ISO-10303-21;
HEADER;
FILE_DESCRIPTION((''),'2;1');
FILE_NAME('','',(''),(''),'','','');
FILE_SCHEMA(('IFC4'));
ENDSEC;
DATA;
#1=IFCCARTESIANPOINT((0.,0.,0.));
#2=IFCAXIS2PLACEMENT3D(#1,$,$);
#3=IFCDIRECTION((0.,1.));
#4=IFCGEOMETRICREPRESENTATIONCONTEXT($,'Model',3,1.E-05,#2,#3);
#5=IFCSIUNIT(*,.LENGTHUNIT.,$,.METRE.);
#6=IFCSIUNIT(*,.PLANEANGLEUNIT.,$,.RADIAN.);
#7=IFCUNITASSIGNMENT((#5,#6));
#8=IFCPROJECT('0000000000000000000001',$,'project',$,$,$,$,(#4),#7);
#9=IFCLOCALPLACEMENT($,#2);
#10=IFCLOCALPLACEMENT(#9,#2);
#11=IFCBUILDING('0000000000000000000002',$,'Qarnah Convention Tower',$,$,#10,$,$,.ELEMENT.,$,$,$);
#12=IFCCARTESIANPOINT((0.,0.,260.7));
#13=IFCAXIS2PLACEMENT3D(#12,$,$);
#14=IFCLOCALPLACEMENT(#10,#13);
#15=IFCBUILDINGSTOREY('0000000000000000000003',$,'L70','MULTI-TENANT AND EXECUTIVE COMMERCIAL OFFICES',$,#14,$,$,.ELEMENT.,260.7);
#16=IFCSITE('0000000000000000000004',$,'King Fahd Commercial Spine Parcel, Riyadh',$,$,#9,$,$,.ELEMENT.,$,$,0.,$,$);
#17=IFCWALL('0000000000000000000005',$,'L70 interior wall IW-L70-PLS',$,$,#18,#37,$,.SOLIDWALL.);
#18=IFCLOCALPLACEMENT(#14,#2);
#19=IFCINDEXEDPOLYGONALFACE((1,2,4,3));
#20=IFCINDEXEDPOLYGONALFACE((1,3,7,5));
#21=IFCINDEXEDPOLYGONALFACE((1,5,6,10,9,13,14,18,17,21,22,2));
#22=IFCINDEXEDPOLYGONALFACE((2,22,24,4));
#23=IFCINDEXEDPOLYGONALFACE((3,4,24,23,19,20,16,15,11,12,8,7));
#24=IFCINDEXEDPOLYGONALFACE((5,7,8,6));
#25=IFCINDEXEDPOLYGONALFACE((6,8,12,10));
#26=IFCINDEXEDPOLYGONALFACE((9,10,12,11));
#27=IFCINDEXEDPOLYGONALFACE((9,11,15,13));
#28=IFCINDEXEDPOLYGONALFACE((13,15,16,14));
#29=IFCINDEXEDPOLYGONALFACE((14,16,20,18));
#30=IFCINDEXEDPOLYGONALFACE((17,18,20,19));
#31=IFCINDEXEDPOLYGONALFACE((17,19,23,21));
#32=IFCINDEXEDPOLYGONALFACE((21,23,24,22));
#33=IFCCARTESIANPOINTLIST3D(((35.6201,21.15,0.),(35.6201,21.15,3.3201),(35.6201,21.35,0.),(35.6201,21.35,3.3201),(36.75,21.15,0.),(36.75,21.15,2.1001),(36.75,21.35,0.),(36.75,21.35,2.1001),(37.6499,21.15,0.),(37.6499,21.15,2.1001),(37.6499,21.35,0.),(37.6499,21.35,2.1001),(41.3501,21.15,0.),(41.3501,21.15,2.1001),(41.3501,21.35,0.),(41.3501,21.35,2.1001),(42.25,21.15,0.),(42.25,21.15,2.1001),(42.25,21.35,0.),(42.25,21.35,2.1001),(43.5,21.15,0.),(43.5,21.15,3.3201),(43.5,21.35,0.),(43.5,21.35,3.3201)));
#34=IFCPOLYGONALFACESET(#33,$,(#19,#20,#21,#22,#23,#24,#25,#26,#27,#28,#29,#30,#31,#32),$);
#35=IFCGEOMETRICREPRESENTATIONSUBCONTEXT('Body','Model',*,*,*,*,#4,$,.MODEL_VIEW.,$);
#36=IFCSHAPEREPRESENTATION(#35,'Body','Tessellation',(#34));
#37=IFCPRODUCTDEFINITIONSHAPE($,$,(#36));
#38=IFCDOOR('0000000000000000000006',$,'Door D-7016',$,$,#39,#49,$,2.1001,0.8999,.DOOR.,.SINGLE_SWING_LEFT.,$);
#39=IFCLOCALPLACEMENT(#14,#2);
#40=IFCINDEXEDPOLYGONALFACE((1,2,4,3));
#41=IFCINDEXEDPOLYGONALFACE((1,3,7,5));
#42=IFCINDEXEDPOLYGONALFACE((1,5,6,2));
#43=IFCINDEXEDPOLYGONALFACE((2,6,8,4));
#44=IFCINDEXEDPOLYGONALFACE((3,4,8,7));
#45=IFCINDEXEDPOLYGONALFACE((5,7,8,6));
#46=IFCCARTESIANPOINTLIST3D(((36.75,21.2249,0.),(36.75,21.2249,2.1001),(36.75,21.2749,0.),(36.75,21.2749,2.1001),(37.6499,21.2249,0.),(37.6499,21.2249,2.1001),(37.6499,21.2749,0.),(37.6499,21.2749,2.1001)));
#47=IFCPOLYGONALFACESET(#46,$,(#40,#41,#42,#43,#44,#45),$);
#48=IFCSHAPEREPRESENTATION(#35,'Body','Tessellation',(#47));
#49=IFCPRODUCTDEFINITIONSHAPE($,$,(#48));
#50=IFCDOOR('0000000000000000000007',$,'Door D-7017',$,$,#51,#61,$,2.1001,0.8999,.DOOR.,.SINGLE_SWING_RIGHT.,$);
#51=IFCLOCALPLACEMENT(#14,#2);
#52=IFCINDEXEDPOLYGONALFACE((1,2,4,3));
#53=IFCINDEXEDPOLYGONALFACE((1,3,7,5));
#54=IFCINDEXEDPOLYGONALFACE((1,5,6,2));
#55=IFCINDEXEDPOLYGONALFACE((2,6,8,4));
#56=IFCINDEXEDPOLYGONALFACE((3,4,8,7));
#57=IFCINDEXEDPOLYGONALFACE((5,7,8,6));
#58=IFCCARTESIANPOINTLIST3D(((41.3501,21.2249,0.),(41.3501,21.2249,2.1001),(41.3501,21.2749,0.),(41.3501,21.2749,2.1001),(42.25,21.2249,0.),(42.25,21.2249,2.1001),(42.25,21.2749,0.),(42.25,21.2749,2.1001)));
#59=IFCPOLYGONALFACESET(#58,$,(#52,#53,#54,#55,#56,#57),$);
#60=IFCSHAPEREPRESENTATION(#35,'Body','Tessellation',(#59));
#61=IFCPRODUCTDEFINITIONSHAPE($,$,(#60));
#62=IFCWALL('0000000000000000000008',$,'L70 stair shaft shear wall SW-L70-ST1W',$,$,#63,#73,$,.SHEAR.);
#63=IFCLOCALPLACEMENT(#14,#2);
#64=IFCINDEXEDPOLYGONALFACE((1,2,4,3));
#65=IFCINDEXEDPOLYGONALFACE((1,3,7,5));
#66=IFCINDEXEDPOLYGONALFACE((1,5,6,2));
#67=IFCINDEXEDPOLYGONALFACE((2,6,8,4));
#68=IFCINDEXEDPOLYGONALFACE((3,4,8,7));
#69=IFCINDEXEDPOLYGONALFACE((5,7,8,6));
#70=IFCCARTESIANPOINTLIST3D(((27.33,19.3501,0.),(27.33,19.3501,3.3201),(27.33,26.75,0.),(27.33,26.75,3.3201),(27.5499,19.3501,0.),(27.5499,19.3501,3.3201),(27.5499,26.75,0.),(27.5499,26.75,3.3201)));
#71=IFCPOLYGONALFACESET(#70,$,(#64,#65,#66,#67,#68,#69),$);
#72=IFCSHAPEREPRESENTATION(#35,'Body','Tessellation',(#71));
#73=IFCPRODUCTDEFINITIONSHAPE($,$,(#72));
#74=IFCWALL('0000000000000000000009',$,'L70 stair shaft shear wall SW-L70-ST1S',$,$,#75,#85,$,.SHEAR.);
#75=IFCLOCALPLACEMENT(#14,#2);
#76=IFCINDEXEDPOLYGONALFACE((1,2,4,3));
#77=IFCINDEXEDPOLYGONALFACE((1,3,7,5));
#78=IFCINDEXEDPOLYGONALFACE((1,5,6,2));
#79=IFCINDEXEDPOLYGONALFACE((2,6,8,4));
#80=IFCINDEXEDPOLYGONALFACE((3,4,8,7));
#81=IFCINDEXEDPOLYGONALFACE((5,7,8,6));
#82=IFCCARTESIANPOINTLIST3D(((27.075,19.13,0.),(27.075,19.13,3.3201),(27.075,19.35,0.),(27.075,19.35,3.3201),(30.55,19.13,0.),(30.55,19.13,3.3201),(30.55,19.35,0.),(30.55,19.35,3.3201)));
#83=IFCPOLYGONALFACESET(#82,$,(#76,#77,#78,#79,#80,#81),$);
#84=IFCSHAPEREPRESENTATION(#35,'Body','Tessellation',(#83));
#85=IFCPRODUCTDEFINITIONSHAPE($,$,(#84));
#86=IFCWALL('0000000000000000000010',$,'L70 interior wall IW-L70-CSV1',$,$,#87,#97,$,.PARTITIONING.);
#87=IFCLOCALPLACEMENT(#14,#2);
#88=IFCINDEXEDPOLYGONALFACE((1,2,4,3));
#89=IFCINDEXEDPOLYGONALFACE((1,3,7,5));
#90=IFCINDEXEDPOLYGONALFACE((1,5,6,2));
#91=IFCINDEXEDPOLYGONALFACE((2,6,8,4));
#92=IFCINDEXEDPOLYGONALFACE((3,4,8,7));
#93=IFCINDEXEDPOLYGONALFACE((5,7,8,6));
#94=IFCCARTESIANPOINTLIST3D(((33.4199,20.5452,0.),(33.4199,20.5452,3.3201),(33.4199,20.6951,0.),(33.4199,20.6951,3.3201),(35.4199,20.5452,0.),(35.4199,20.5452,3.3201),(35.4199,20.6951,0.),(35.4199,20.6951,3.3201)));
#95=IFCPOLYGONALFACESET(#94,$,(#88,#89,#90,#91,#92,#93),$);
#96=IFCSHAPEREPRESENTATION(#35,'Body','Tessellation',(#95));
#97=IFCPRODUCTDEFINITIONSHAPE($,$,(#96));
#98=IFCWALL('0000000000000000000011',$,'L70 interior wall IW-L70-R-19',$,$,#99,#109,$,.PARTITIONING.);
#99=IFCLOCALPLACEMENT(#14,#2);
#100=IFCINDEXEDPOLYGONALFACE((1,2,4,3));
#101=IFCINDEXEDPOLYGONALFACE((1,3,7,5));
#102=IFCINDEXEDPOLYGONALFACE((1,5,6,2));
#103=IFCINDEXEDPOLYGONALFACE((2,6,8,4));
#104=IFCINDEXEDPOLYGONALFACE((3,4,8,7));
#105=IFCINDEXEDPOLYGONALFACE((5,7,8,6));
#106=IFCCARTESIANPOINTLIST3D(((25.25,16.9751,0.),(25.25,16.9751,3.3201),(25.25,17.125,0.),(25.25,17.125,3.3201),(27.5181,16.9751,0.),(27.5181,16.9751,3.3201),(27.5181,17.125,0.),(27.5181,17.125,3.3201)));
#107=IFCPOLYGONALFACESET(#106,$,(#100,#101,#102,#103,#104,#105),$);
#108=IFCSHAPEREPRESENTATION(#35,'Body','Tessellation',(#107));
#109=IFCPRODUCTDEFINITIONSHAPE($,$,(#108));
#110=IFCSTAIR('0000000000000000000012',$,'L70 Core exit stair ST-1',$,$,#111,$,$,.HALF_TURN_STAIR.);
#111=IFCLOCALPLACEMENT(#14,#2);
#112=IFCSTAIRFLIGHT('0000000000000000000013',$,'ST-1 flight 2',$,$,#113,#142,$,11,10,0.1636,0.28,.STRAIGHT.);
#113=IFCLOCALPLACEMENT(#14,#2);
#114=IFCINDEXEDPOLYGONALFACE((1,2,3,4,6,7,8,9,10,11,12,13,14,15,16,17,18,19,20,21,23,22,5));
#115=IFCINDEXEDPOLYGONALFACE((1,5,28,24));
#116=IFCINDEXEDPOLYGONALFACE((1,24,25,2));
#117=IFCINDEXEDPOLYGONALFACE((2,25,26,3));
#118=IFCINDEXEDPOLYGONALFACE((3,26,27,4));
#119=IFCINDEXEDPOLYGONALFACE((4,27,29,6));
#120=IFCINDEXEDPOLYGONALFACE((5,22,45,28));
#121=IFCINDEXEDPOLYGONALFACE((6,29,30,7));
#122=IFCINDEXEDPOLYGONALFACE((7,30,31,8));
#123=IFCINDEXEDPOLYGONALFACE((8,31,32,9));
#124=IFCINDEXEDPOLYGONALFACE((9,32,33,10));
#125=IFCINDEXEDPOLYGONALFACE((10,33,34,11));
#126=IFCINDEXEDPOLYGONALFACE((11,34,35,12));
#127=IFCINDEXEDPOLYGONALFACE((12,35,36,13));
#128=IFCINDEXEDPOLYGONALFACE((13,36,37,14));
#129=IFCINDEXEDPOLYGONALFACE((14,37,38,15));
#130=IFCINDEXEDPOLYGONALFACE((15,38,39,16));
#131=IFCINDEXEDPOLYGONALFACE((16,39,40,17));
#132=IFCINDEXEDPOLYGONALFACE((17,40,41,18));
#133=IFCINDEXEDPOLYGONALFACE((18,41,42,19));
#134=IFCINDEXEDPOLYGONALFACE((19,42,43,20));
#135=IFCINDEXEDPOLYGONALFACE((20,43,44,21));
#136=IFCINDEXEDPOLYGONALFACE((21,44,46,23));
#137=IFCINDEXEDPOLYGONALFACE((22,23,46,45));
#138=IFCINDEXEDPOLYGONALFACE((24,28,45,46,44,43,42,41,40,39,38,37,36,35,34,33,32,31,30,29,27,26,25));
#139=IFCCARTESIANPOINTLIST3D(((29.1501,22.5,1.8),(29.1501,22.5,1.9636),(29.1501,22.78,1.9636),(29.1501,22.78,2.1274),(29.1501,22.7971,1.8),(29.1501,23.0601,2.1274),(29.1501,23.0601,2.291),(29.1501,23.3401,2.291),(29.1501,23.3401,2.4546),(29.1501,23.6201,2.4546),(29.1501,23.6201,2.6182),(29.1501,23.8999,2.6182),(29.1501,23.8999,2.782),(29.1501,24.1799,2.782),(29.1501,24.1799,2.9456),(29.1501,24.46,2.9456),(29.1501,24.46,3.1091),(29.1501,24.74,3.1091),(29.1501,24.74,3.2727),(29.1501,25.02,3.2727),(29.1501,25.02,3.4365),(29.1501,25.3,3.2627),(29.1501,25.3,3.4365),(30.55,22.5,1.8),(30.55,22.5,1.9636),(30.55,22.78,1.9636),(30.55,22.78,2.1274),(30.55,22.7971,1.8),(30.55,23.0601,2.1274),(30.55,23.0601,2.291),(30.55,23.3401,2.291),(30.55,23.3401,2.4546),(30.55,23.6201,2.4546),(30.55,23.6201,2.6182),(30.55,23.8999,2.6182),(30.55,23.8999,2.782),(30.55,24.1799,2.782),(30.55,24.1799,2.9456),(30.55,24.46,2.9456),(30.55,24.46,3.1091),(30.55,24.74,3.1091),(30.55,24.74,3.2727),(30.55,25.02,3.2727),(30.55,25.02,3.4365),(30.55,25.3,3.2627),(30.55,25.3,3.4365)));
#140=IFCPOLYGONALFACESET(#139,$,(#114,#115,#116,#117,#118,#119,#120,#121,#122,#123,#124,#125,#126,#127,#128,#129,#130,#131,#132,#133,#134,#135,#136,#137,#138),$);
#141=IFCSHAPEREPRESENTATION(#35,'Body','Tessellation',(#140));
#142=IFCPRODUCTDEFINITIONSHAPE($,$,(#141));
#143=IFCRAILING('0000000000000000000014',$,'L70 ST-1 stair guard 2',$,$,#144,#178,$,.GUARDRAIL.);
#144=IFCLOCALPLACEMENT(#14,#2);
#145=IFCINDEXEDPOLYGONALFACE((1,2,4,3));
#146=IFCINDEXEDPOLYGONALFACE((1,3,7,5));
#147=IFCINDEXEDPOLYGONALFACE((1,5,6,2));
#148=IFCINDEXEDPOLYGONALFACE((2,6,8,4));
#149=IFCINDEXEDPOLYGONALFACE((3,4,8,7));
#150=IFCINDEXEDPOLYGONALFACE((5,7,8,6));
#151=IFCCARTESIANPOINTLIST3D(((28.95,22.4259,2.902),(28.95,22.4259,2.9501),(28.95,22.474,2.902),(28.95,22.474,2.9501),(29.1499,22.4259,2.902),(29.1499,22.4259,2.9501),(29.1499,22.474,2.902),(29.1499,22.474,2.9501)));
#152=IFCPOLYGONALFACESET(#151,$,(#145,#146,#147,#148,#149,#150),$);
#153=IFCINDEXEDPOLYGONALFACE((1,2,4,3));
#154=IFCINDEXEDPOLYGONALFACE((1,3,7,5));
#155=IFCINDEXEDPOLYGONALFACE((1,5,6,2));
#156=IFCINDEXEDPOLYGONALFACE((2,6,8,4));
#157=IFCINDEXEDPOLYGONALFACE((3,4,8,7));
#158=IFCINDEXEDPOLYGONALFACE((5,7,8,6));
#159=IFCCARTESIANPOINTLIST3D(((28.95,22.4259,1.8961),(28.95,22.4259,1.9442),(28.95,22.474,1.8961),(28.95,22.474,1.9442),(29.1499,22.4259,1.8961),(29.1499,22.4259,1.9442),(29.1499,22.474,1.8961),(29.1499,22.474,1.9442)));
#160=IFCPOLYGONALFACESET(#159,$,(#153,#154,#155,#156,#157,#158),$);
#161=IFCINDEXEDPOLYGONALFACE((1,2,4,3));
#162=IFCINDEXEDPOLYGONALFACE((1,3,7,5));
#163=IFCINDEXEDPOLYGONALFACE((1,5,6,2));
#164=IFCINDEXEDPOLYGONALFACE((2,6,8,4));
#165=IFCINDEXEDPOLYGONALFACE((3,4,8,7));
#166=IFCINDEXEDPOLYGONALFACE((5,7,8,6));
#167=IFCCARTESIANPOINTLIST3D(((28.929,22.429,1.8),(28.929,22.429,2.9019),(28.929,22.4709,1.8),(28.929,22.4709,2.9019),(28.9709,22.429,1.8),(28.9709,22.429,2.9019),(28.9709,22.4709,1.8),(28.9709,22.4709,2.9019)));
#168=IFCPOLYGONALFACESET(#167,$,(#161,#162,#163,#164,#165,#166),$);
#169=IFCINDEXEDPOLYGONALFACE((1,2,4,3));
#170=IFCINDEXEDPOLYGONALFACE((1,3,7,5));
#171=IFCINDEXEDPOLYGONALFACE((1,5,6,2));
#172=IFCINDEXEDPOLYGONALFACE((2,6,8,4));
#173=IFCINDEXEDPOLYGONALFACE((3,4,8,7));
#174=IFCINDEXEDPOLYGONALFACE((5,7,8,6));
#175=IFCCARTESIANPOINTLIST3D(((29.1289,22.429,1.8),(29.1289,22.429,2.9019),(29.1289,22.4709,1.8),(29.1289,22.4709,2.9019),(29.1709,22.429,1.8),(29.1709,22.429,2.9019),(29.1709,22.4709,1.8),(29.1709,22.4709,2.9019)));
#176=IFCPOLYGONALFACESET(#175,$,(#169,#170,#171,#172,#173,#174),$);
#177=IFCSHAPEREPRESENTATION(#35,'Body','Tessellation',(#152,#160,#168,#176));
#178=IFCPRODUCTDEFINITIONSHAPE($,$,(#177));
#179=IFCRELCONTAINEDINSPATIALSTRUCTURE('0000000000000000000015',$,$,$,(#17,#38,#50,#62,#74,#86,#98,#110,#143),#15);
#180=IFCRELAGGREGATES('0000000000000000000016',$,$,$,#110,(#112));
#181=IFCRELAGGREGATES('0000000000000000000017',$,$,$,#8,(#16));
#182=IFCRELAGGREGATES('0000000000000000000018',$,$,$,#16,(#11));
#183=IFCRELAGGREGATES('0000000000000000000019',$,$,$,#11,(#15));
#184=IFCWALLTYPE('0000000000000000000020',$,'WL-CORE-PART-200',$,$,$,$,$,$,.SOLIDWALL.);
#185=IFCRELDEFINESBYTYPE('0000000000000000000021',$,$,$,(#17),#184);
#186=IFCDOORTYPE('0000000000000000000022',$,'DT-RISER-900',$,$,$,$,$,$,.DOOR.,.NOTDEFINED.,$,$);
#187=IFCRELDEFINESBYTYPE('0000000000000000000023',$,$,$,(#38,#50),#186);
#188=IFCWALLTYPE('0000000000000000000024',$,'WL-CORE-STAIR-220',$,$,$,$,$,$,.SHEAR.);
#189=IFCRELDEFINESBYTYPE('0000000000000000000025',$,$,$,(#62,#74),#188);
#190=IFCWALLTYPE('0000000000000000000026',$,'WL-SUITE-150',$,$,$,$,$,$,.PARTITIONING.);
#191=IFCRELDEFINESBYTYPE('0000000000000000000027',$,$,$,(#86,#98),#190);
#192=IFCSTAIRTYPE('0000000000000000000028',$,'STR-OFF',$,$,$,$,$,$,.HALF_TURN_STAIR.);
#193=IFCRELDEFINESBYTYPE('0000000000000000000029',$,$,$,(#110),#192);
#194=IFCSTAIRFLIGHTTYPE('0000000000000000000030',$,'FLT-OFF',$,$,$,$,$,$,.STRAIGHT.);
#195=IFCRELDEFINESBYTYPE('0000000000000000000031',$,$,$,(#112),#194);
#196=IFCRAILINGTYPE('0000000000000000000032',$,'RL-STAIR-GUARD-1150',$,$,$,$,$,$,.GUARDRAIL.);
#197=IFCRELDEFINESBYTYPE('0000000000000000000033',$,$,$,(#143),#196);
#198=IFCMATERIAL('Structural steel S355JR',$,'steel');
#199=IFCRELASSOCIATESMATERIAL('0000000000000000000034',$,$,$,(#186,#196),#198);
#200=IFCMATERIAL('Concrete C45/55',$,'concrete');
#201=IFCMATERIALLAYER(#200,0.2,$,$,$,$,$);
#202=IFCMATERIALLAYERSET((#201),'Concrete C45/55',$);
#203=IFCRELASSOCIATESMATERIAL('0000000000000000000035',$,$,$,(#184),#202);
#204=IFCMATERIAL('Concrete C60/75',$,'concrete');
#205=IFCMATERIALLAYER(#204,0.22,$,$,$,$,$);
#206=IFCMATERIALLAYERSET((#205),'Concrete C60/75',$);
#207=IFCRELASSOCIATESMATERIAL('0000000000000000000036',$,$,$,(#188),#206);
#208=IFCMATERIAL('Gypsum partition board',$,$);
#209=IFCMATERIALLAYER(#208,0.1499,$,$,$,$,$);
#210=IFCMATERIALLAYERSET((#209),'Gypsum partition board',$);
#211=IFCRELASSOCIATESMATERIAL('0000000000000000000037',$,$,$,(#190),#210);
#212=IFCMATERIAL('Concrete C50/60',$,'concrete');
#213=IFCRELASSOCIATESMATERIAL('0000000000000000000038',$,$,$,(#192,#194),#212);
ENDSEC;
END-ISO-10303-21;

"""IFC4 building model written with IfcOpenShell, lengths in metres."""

from ifc_helpers import new_model, si_unit, direction, frame, frame_2d, origin, origin_2d, place, context, subcontext, project, spatial, polyline, rectangle, outline, extrude, material, layer, layer_set, type_object, element, fill, aggregate, save


model = new_model("IFC4")

# Units and contexts
model_context = context("Model", 3, precision=1e-05, world=origin(), true_north=direction((0.0, 1.0)))
body_context = subcontext(model_context, "Body", "Model", "MODEL_VIEW")
ifc_project = project(units=[si_unit("LENGTHUNIT", "METRE"), si_unit("PLANEANGLEUNIT", "RADIAN")], contexts=[model_context])

# Site, building, storey
site_placement = place(None, origin())
site = spatial("IfcSite", under=ifc_project, at=site_placement, Name="King Fahd Commercial Spine Parcel, Riyadh", CompositionType="ELEMENT", RefElevation=0.0)
building_placement = place(site_placement, origin())
building = spatial("IfcBuilding", under=site, at=building_placement, Name="Qarnah Convention Tower", CompositionType="ELEMENT")
storey_placement = place(building_placement, frame((0.0, 0.0, 260.7)))
storey = spatial("IfcBuildingStorey", under=building, at=storey_placement, Name="L70", Description="MULTI-TENANT AND EXECUTIVE COMMERCIAL OFFICES", CompositionType="ELEMENT", Elevation=260.7)

# Shared definitions
ifc_material_1 = material(Name="Concrete C50/60", Category="concrete")

# Shared definitions
ifc_material_2 = material(Name="Structural steel S355JR", Category="steel")

# Shared definitions
ifc_material_3 = material(Name="Concrete C60/75", Category="concrete")
door_type_1 = type_object("IfcDoorType", Name="DT-RISER-900", OperationType="NOTDEFINED", PredefinedType="DOOR", material=ifc_material_2)
ifc_material_4 = material(Name="Concrete C45/55", Category="concrete")
ifc_layer_1 = layer(ifc_material_4, 0.2)
ifc_layer_set_1 = layer_set([ifc_layer_1], Name="Concrete C45/55")
wall_type_1 = type_object("IfcWallType", Name="WL-CORE-PART-200", PredefinedType="SOLIDWALL", material=ifc_layer_set_1)

# Wall, openings, doors
wall_1_placement = place(storey_placement, frame((35.6201, 21.25, 0.0), z_axis=(0.0, 0.0, 1.0), x_axis=(1.0, 0.0, 0.0)))
wall_1 = element("IfcWall", 1, at=wall_1_placement, inside=storey, type_object=wall_type_1, Name="L70 interior wall IW-L70-PLS", PredefinedType="SOLIDWALL", context=body_context, shape_type="SweptSolid", body=[
    extrude(rectangle(XDim=7.8799, YDim=0.2, at=frame_2d((3.9399, 0.0))), origin(), (0.0, 0.0, 1.0), 3.3201),
])
opening_1_placement = place(wall_1_placement, frame((1.1299, 0.0, 0.0)))
opening_1 = element("IfcOpeningElement", 2, at=opening_1_placement, cuts=wall_1, PredefinedType="OPENING", context=body_context, shape_type="SweptSolid", body=[
    extrude(rectangle(XDim=0.8999, YDim=2.1001, at=frame_2d((0.45, 1.05))), frame((0.0, 0.1099, 0.0), z_axis=(0.0, -1.0, 0.0), x_axis=(1.0, 0.0, 0.0)), (0.0, 0.0, 1.0), 0.22),
])
opening_2_placement = place(wall_1_placement, frame((5.73, 0.0, 0.0)))
opening_2 = element("IfcOpeningElement", 3, at=opening_2_placement, cuts=wall_1, PredefinedType="OPENING", context=body_context, shape_type="SweptSolid", body=[
    extrude(rectangle(XDim=0.8999, YDim=2.1001, at=frame_2d((0.45, 1.05))), frame((0.0, 0.1099, 0.0), z_axis=(0.0, -1.0, 0.0), x_axis=(1.0, 0.0, 0.0)), (0.0, 0.0, 1.0), 0.22),
])
door_1_placement = place(opening_1_placement, origin())
door_1 = element("IfcDoor", 4, at=door_1_placement, inside=storey, type_object=door_type_1, Name="Door D-7016", OperationType="SINGLE_SWING_LEFT", OverallHeight=2.1001, OverallWidth=0.8999, PredefinedType="DOOR", context=body_context, shape_type="SweptSolid", body=[
    extrude(rectangle(XDim=0.8999, YDim=2.1001, at=frame_2d((0.45, 1.05))), frame((0.0, 0.0249, 0.0), z_axis=(0.0, -1.0, 0.0), x_axis=(1.0, 0.0, 0.0)), (0.0, 0.0, 1.0), 0.05),
])
fill(opening_1, door_1)
door_2_placement = place(opening_2_placement, origin())
door_2 = element("IfcDoor", 5, at=door_2_placement, inside=storey, type_object=door_type_1, Name="Door D-7017", OperationType="SINGLE_SWING_RIGHT", OverallHeight=2.1001, OverallWidth=0.8999, PredefinedType="DOOR", context=body_context, shape_type="SweptSolid", body=[
    extrude(rectangle(XDim=0.8999, YDim=2.1001, at=frame_2d((0.45, 1.05))), frame((0.0, 0.0249, 0.0), z_axis=(0.0, -1.0, 0.0), x_axis=(1.0, 0.0, 0.0)), (0.0, 0.0, 1.0), 0.05),
])
fill(opening_2, door_2)

# Walls
ifc_layer_2 = layer(ifc_material_3, 0.22)
ifc_layer_set_2 = layer_set([ifc_layer_2], Name="Concrete C60/75")
wall_type_2 = type_object("IfcWallType", Name="WL-CORE-STAIR-220", PredefinedType="SHEAR", material=ifc_layer_set_2)
wall_2_placement = place(storey_placement, frame((27.4399, 19.3501, 0.0), z_axis=(0.0, 0.0, 1.0), x_axis=(0.0, 1.0, 0.0)))
element("IfcWall", 6, at=wall_2_placement, inside=storey, type_object=wall_type_2, Name="L70 stair shaft shear wall SW-L70-ST1W", PredefinedType="SHEAR", context=body_context, shape_type="SweptSolid", body=[
    extrude(rectangle(XDim=7.3999, YDim=0.22, at=frame_2d((3.7, 0.0))), origin(), (0.0, 0.0, 1.0), 3.3201),
])
wall_3_placement = place(storey_placement, frame((27.075, 19.24, 0.0), z_axis=(0.0, 0.0, 1.0), x_axis=(1.0, 0.0, 0.0)))
element("IfcWall", 7, at=wall_3_placement, inside=storey, type_object=wall_type_2, Name="L70 stair shaft shear wall SW-L70-ST1S", PredefinedType="SHEAR", context=body_context, shape_type="SweptSolid", body=[
    extrude(rectangle(XDim=3.4751, YDim=0.22, at=frame_2d((1.7375, 0.0))), origin(), (0.0, 0.0, 1.0), 3.3201),
])
ifc_material_5 = material(Name="Gypsum partition board")
ifc_layer_3 = layer(ifc_material_5, 0.1499)
ifc_layer_set_3 = layer_set([ifc_layer_3], Name="Gypsum partition board")
wall_type_3 = type_object("IfcWallType", Name="WL-SUITE-150", PredefinedType="PARTITIONING", material=ifc_layer_set_3)
wall_4_placement = place(storey_placement, frame((33.4199, 20.6201, 0.0), z_axis=(0.0, 0.0, 1.0), x_axis=(1.0, 0.0, 0.0)))
element("IfcWall", 8, at=wall_4_placement, inside=storey, type_object=wall_type_3, Name="L70 interior wall IW-L70-CSV1", PredefinedType="PARTITIONING", context=body_context, shape_type="SweptSolid", body=[
    extrude(rectangle(XDim=2.0, YDim=0.1499, at=frame_2d((1.0, 0.0))), origin(), (0.0, 0.0, 1.0), 3.3201),
])
wall_5_placement = place(storey_placement, frame((27.5181, 17.05, 0.0), z_axis=(0.0, 0.0, 1.0), x_axis=(-1.0, 0.0, 0.0)))
element("IfcWall", 9, at=wall_5_placement, inside=storey, type_object=wall_type_3, Name="L70 interior wall IW-L70-R-19", PredefinedType="PARTITIONING", context=body_context, shape_type="SweptSolid", body=[
    extrude(rectangle(XDim=2.2681, YDim=0.1499, at=frame_2d((1.134, 0.0))), origin(), (0.0, 0.0, 1.0), 3.3201),
])

# Stair, stair flight
stair_type = type_object("IfcStairType", Name="STR-OFF", PredefinedType="HALF_TURN_STAIR", material=ifc_material_1)
stair_placement = place(storey_placement, origin())
stair = element("IfcStair", 10, at=stair_placement, inside=storey, type_object=stair_type, Name="L70 Core exit stair ST-1", PredefinedType="HALF_TURN_STAIR")
stair_flight_type = type_object("IfcStairFlightType", Name="FLT-OFF", PredefinedType="STRAIGHT", material=ifc_material_1)
stair_flight_placement = place(storey_placement, frame((29.8501, 22.5, 1.8), z_axis=(0.0, 0.0, 1.0), x_axis=(0.0, 1.0, 0.0)))
stair_flight = element("IfcStairFlight", 11, at=stair_flight_placement, type_object=stair_flight_type, Name="ST-1 flight 2", NumberOfRisers=11, NumberOfTreads=10, PredefinedType="STRAIGHT", RiserHeight=0.1636, TreadLength=0.28, context=body_context, shape_type="SweptSolid", body=[
    extrude(outline(polyline([(0.0, 0.0), (0.0, 0.1636), (0.28, 0.1636), (0.28, 0.3274), (0.5601, 0.3274), (0.5601, 0.491), (0.8401, 0.491), (0.8401, 0.6545), (1.1201, 0.6545), (1.1201, 0.8181), (1.3999, 0.8181), (1.3999, 0.9819), (1.6799, 0.9819), (1.6799, 1.1455), (1.96, 1.1455), (1.96, 1.3091), (2.24, 1.3091), (2.24, 1.4727), (2.52, 1.4727), (2.52, 1.6365), (2.8, 1.6365), (2.8, 1.8), (2.8, 1.4626), (0.2971, 0.0), (0.0, 0.0)])), frame((0.0, 0.7, 0.0), z_axis=(0.0, -1.0, 0.0), x_axis=(1.0, 0.0, 0.0)), (0.0, 0.0, 1.0), 1.3999),
])
aggregate(stair, [stair_flight])

# Railing
railing_type_1 = type_object("IfcRailingType", Name="RL-STAIR-GUARD-1150", PredefinedType="GUARDRAIL", material=ifc_material_2)
railing_1_placement = place(storey_placement, frame((28.95, 22.45, 1.8)))
element("IfcRailing", 12, at=railing_1_placement, inside=storey, type_object=railing_type_1, Name="L70 ST-1 stair guard 2", PredefinedType="GUARDRAIL", context=body_context, shape_type="SweptSolid", body=[
    extrude(rectangle(XDim=0.0481, YDim=0.0481, at=origin_2d()), frame((0.0, 0.0, 1.126), z_axis=(1.0, 0.0, 0.0), x_axis=(0.0, 1.0, 0.0)), (0.0, 0.0, 1.0), 0.2),
    extrude(rectangle(XDim=0.0481, YDim=0.0481, at=origin_2d()), frame((0.0, 0.0, 0.1201), z_axis=(1.0, 0.0, 0.0), x_axis=(0.0, 1.0, 0.0)), (0.0, 0.0, 1.0), 0.2),
    extrude(rectangle(XDim=0.042, YDim=0.042, at=origin_2d()), origin(), (0.0, 0.0, 1.0), 1.1018),
    extrude(rectangle(XDim=0.042, YDim=0.042, at=origin_2d()), frame((0.2, 0.0, 0.0)), (0.0, 0.0, 1.0), 1.1018),
])

save(model, "model.ifc")
